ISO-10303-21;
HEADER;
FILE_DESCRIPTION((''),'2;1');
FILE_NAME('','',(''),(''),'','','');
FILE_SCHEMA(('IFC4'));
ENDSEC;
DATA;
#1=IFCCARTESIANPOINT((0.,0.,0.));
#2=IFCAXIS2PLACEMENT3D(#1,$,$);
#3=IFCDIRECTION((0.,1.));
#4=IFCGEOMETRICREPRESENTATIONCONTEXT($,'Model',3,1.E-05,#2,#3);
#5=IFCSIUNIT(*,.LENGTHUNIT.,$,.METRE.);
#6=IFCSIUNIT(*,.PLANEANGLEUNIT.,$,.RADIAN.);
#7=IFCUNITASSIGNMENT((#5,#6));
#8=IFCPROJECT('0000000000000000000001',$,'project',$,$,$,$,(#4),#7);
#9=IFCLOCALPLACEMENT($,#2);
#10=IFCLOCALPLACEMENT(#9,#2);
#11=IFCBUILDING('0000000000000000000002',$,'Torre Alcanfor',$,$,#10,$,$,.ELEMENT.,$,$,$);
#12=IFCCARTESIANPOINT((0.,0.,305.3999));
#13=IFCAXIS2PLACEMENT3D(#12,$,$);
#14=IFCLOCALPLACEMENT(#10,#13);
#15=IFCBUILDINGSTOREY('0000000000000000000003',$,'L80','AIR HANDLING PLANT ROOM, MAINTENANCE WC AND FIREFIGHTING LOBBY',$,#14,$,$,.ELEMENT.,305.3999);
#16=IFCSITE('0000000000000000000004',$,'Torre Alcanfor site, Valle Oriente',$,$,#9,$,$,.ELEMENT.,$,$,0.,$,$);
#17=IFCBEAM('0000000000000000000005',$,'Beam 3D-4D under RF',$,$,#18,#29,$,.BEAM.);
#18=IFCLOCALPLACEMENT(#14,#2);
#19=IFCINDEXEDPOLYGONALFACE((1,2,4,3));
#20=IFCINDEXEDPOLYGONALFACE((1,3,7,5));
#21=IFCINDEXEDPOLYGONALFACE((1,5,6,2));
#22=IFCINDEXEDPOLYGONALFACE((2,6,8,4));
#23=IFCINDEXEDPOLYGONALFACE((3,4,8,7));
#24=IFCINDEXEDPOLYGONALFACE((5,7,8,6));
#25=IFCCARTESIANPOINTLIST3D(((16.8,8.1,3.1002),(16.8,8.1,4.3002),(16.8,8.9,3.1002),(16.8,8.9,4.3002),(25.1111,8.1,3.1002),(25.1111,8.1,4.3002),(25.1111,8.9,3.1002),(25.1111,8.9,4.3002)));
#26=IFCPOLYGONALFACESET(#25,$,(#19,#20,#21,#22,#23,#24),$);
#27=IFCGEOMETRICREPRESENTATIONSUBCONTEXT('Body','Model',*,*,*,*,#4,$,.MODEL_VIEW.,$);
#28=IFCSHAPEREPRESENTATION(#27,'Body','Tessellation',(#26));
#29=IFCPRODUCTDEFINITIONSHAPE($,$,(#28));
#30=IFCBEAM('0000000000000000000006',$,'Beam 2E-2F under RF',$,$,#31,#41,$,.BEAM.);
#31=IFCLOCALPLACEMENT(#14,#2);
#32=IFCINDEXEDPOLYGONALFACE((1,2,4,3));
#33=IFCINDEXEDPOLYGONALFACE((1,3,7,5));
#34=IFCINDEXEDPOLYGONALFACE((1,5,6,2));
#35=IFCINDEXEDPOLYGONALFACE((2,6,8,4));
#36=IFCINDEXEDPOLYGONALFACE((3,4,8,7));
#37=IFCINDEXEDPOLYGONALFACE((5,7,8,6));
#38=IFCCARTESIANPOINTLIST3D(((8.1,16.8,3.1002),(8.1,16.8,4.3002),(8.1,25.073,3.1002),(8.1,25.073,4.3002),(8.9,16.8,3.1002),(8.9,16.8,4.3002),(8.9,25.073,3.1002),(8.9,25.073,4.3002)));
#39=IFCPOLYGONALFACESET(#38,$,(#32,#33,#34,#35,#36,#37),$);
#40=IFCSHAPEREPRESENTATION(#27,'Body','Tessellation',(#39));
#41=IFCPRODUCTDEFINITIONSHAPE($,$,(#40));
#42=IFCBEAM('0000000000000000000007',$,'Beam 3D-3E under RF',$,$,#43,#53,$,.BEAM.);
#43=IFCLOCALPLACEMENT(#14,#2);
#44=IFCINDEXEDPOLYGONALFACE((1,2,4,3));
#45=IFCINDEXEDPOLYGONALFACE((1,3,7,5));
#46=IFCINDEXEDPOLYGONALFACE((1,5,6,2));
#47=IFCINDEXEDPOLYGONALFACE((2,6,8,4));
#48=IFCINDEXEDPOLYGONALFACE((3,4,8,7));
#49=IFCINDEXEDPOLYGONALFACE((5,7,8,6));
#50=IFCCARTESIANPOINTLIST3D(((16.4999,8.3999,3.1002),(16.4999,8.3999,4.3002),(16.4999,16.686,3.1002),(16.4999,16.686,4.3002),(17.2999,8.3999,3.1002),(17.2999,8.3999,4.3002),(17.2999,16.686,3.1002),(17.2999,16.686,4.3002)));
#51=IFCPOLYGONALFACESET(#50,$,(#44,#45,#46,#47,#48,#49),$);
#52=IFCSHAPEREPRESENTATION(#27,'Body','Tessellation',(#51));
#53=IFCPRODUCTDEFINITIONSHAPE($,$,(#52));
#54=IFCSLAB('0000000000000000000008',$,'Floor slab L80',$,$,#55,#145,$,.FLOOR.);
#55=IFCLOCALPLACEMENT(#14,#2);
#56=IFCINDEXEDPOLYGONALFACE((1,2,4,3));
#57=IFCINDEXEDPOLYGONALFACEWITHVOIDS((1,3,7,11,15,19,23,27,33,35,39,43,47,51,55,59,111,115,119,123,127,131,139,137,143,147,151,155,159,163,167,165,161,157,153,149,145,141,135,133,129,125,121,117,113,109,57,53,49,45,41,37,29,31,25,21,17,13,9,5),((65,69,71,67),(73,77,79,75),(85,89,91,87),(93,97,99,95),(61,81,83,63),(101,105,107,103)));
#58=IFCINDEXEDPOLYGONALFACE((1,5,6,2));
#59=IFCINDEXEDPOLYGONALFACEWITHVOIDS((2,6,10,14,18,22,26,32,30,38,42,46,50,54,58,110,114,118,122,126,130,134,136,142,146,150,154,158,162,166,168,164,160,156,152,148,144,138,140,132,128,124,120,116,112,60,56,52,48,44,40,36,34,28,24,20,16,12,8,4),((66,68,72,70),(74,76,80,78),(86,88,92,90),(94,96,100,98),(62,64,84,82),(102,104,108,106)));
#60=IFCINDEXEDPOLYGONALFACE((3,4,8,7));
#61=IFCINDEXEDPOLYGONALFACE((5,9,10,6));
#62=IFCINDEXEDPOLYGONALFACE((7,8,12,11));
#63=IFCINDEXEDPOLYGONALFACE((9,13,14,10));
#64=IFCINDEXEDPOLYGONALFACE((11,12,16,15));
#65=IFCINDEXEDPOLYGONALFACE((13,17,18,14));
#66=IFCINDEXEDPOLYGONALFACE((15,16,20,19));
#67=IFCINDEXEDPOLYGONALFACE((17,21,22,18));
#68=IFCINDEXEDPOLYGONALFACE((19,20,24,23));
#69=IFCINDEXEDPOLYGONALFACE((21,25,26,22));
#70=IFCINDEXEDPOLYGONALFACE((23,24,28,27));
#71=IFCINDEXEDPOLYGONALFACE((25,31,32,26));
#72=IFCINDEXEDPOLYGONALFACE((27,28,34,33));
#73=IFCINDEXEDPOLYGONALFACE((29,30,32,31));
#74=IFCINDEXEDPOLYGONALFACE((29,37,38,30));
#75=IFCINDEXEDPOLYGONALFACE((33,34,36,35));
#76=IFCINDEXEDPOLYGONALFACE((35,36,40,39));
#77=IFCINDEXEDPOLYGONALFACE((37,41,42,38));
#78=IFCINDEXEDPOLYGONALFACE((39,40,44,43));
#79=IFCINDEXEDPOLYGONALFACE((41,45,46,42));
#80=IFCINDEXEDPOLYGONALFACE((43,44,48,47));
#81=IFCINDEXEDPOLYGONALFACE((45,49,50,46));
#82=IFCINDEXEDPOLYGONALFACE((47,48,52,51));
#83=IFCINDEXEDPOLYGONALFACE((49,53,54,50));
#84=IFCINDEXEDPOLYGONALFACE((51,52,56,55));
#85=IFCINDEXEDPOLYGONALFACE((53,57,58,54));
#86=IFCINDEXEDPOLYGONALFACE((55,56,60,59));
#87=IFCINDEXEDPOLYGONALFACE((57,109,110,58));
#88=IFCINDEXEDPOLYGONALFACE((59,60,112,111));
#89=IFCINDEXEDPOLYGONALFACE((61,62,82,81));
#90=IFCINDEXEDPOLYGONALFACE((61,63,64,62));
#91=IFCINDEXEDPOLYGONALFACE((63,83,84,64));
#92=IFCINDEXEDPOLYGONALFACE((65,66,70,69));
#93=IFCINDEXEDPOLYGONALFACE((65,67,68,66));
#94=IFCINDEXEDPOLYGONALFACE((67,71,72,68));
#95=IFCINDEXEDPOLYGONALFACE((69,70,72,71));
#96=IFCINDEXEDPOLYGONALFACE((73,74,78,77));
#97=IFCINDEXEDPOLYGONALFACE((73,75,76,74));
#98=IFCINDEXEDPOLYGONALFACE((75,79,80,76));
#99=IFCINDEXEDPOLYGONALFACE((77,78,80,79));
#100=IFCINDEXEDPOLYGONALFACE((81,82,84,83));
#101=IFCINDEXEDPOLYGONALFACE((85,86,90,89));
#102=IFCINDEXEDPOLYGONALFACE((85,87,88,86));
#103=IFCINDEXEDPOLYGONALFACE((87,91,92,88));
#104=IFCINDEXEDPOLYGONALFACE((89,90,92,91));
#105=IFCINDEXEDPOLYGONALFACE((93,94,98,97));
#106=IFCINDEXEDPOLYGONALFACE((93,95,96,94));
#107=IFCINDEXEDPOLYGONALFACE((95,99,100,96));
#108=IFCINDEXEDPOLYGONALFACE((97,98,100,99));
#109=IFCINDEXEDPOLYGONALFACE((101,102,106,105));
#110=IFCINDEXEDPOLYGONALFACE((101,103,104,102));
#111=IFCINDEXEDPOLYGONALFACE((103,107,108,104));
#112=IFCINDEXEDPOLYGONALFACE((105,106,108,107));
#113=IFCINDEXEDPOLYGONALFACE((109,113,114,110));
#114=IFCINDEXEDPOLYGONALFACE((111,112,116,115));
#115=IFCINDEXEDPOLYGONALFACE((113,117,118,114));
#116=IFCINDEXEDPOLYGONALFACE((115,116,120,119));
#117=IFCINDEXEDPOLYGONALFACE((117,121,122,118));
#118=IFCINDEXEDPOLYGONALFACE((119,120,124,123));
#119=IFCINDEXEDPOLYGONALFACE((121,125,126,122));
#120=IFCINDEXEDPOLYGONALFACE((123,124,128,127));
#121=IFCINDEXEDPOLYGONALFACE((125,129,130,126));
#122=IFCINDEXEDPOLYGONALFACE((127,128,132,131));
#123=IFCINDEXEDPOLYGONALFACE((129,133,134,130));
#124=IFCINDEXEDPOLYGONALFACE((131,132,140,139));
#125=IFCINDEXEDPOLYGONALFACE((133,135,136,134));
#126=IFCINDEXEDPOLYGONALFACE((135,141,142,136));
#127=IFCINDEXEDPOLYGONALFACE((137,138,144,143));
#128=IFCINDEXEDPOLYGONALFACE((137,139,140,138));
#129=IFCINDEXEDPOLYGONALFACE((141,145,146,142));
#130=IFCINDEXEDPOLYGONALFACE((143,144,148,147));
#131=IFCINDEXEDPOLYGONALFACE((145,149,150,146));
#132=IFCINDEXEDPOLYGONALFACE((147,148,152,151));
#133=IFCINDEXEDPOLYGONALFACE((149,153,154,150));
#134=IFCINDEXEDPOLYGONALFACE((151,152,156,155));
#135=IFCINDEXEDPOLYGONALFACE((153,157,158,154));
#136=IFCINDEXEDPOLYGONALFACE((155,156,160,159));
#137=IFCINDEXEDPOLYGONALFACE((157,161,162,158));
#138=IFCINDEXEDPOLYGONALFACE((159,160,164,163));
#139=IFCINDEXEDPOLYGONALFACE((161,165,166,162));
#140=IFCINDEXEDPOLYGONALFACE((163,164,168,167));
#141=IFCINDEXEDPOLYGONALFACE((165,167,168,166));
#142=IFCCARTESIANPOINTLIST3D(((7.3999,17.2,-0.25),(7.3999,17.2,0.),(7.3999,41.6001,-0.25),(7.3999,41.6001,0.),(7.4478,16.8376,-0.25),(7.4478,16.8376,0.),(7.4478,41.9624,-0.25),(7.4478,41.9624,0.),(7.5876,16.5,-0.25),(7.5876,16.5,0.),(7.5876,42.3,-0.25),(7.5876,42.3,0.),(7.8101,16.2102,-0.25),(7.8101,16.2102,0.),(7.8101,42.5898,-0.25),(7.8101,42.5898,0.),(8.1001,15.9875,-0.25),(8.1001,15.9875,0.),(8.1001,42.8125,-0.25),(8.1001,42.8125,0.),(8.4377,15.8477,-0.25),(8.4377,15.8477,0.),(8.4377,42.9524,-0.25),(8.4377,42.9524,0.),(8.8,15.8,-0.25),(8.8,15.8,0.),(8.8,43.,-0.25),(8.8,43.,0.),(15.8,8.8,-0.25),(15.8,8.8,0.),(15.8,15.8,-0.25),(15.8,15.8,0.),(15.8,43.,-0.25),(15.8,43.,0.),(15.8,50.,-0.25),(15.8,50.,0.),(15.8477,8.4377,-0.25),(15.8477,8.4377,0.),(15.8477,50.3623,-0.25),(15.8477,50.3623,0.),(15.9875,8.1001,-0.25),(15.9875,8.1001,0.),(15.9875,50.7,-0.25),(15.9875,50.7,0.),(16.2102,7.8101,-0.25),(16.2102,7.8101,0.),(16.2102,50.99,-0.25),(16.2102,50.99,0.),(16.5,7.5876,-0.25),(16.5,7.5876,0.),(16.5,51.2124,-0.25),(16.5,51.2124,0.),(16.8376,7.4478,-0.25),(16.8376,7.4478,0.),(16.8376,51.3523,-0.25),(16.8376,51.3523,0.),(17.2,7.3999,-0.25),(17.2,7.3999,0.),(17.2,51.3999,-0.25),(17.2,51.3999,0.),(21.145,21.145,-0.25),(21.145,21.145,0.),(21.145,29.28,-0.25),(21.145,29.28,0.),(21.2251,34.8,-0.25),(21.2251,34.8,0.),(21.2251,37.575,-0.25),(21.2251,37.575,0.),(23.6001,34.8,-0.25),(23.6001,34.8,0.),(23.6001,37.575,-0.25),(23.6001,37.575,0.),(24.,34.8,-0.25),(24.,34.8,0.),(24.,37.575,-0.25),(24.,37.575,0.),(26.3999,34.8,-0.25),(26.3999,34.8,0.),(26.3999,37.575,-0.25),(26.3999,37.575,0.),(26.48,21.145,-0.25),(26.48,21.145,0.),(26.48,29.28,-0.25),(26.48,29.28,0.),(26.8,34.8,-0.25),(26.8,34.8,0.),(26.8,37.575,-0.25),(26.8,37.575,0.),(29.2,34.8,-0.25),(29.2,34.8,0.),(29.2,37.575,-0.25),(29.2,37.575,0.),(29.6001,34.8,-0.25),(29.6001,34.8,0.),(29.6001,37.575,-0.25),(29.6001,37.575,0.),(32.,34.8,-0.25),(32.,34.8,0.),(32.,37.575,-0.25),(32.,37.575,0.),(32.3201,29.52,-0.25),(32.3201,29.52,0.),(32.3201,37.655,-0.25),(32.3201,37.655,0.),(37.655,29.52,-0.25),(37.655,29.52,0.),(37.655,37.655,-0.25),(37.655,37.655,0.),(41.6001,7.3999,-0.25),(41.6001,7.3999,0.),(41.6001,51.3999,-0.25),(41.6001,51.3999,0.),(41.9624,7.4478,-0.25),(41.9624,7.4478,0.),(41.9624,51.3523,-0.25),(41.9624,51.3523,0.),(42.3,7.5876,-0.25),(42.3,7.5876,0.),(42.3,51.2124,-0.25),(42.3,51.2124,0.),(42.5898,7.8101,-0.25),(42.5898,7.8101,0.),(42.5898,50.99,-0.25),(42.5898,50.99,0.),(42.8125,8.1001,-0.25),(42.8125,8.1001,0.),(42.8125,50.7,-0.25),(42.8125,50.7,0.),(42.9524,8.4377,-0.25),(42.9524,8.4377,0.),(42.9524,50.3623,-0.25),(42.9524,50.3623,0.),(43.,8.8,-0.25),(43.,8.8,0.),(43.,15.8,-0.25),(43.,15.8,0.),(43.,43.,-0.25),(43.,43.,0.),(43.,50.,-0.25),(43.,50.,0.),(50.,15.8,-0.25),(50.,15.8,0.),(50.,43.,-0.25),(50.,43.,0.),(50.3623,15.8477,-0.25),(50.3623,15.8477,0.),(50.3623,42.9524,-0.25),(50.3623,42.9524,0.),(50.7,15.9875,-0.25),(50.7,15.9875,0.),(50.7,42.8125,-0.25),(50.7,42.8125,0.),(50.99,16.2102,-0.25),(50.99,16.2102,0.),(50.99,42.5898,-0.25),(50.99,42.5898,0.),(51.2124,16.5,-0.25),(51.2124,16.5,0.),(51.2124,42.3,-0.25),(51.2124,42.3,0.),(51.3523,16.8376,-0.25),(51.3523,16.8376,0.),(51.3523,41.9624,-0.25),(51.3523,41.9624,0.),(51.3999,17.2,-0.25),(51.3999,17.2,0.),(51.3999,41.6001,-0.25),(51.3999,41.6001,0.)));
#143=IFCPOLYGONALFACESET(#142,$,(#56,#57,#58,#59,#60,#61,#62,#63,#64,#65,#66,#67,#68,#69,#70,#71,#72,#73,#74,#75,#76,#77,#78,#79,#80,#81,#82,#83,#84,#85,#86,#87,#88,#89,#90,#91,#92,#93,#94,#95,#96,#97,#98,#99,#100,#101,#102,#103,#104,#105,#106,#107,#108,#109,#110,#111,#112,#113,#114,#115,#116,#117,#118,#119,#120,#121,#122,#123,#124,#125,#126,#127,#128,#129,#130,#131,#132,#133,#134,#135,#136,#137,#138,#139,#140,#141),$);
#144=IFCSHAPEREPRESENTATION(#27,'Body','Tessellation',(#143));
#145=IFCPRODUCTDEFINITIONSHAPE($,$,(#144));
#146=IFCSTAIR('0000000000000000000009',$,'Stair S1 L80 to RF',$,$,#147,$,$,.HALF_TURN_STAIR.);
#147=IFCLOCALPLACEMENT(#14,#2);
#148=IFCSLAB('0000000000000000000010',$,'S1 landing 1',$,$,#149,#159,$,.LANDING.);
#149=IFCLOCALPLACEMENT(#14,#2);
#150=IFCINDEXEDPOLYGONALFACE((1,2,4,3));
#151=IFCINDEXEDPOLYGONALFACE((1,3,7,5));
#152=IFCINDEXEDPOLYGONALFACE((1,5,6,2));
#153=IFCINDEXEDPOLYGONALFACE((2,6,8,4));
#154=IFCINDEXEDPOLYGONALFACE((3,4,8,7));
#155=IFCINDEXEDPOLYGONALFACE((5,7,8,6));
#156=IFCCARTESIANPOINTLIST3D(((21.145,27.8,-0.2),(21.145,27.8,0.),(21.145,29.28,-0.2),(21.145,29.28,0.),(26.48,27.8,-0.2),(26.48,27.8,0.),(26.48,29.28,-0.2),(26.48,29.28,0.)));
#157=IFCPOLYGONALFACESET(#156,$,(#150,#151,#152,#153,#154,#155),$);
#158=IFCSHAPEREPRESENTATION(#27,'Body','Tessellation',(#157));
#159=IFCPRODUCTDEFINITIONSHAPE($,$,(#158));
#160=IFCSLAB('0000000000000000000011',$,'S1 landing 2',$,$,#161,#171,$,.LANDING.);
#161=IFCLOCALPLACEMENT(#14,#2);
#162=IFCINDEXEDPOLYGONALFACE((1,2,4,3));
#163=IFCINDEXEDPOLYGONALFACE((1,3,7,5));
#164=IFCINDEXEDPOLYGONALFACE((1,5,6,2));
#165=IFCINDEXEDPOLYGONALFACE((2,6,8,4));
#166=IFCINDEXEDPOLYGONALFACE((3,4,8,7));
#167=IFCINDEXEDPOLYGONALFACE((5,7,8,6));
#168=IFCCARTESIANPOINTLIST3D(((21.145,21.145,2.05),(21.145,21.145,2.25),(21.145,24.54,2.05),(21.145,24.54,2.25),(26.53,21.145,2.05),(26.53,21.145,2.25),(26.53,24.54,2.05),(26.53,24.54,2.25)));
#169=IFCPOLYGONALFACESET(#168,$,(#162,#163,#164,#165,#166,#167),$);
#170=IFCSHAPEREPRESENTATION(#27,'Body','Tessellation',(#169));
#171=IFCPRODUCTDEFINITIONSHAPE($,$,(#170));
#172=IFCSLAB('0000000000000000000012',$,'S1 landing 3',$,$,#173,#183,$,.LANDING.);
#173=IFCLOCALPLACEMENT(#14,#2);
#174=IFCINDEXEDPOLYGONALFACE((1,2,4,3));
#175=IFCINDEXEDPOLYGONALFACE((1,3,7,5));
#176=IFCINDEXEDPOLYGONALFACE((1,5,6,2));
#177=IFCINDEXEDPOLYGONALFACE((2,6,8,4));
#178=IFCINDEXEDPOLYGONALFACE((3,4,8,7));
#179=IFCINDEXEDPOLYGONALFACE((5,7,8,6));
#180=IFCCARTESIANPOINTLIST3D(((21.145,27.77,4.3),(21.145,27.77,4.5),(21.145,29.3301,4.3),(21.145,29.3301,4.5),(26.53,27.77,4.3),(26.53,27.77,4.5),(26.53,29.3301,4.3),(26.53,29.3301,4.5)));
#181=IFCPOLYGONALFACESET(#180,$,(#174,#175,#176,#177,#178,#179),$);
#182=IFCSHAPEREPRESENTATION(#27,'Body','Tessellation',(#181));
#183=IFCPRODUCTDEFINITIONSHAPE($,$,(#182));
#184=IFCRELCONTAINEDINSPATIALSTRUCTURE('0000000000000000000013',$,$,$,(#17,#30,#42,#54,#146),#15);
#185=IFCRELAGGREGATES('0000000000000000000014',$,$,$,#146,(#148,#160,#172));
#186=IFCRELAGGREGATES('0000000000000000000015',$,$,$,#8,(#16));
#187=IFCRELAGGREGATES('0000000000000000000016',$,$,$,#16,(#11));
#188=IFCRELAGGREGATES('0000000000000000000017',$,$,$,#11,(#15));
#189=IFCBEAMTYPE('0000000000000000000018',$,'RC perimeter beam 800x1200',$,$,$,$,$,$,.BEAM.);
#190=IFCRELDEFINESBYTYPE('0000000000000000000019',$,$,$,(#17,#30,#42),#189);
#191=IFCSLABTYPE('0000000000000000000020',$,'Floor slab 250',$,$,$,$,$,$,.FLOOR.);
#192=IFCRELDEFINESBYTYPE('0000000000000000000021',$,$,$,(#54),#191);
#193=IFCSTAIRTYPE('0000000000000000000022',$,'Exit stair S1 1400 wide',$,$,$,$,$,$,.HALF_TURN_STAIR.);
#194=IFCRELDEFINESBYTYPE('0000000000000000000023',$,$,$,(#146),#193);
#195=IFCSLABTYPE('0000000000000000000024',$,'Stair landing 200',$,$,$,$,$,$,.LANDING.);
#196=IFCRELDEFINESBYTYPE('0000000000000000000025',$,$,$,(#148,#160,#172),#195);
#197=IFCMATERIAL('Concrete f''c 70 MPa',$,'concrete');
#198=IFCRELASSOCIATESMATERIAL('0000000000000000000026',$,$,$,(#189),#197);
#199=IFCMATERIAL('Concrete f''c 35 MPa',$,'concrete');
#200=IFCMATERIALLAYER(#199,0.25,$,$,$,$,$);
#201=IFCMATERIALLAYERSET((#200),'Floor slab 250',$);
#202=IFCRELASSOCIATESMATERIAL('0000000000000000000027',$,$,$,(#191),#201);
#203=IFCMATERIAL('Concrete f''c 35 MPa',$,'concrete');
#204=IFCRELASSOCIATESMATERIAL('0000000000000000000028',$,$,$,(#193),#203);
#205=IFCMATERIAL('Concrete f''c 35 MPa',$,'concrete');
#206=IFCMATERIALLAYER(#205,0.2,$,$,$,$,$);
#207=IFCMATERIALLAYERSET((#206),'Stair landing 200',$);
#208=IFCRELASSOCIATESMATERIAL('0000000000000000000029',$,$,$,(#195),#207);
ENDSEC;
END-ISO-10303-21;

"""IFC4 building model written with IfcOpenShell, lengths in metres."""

from ifc_helpers import new_model, si_unit, direction, frame, origin, origin_2d, place, context, subcontext, project, spatial, polyline, rectangle, outline, extrude, material, layer, layer_set, material_profile, profile_set, type_object, element, aggregate, save


model = new_model("IFC4")

# Units and contexts
model_context = context("Model", 3, precision=1e-05, world=origin(), true_north=direction((0.0, 1.0)))
body_context = subcontext(model_context, "Body", "Model", "MODEL_VIEW")
ifc_project = project(units=[si_unit("LENGTHUNIT", "METRE"), si_unit("PLANEANGLEUNIT", "RADIAN")], contexts=[model_context])

# Site, building, storey
site_placement = place(None, origin())
site = spatial("IfcSite", under=ifc_project, at=site_placement, Name="Torre Alcanfor site, Valle Oriente", CompositionType="ELEMENT", RefElevation=0.0)
building_placement = place(site_placement, origin())
building = spatial("IfcBuilding", under=site, at=building_placement, Name="Torre Alcanfor", CompositionType="ELEMENT")
storey_placement = place(building_placement, frame((0.0, 0.0, 305.3999)))
storey = spatial("IfcBuildingStorey", under=building, at=storey_placement, Name="L80", Description="AIR HANDLING PLANT ROOM, MAINTENANCE WC AND FIREFIGHTING LOBBY", CompositionType="ELEMENT", Elevation=305.3999)

# Beams
ifc_material_1 = material(Name="Concrete f'c 70 MPa", Category="concrete")
ifc_material_profile_1 = material_profile(ifc_material_1, rectangle(XDim=0.8, YDim=1.2, at=origin_2d()), Name="800x1200")
ifc_profile_set_1 = profile_set([ifc_material_profile_1], Name="Concrete f'c 70 MPa")
beam_type_1 = type_object("IfcBeamType", Name="RC perimeter beam 800x1200", PredefinedType="BEAM", material=ifc_profile_set_1)
beam_1_placement = place(storey_placement, frame((16.8, 8.5, 3.7002), z_axis=(1.0, 0.0, 0.0), x_axis=(0.0, 1.0, 0.0)))
element("IfcBeam", 1, at=beam_1_placement, inside=storey, type_object=beam_type_1, Name="Beam 3D-4D under RF", PredefinedType="BEAM", context=body_context, shape_type="SweptSolid", body=[
    extrude(rectangle(XDim=0.8, YDim=1.2, at=origin_2d()), origin(), (0.0, 0.0, 1.0), 8.311),
])
beam_2_placement = place(storey_placement, frame((8.5, 16.8, 3.7002), z_axis=(0.0, 1.0, 0.0), x_axis=(-1.0, 0.0, 0.0)))
element("IfcBeam", 2, at=beam_2_placement, inside=storey, type_object=beam_type_1, Name="Beam 2E-2F under RF", PredefinedType="BEAM", context=body_context, shape_type="SweptSolid", body=[
    extrude(rectangle(XDim=0.8, YDim=1.2, at=origin_2d()), origin(), (0.0, 0.0, 1.0), 8.2729),
])
beam_3_placement = place(storey_placement, frame((16.8999, 8.3999, 3.7002), z_axis=(0.0, 1.0, 0.0), x_axis=(-1.0, 0.0, 0.0)))
element("IfcBeam", 3, at=beam_3_placement, inside=storey, type_object=beam_type_1, Name="Beam 3D-3E under RF", PredefinedType="BEAM", context=body_context, shape_type="SweptSolid", body=[
    extrude(rectangle(XDim=0.8, YDim=1.2, at=origin_2d()), origin(), (0.0, 0.0, 1.0), 8.2861),
])

# Slab
ifc_material_2 = material(Name="Concrete f'c 35 MPa", Category="concrete")
ifc_layer_1 = layer(ifc_material_2, 0.25)
ifc_layer_set_1 = layer_set([ifc_layer_1], Name="Floor slab 250")
slab_type_1 = type_object("IfcSlabType", Name="Floor slab 250", PredefinedType="FLOOR", material=ifc_layer_set_1)
slab_1_placement = place(storey_placement, frame((0.0, 0.0, -0.25)))
element("IfcSlab", 4, at=slab_1_placement, inside=storey, type_object=slab_type_1, Name="Floor slab L80", PredefinedType="FLOOR", context=body_context, shape_type="SweptSolid", body=[
    extrude(outline(polyline([(15.8, 43.0), (8.8, 43.0), (8.4377, 42.9524), (8.1001, 42.8125), (7.8101, 42.5898), (7.5876, 42.3), (7.4478, 41.9624), (7.3999, 41.6001), (7.3999, 17.2), (7.4478, 16.8376), (7.5876, 16.5), (7.8101, 16.2102), (8.1001, 15.9875), (8.4377, 15.8477), (8.8, 15.8), (15.8, 15.8), (15.8, 8.8), (15.8477, 8.4377), (15.9875, 8.1001), (16.2102, 7.8101), (16.5, 7.5876), (16.8376, 7.4478), (17.2, 7.3999), (41.6001, 7.3999), (41.9624, 7.4478), (42.3, 7.5876), (42.5898, 7.8101), (42.8125, 8.1001), (42.9524, 8.4377), (43.0, 8.8), (43.0, 15.8), (50.0, 15.8), (50.3623, 15.8477), (50.7, 15.9875), (50.99, 16.2102), (51.2124, 16.5), (51.3523, 16.8376), (51.3999, 17.2), (51.3999, 41.6001), (51.3523, 41.9624), (51.2124, 42.3), (50.99, 42.5898), (50.7, 42.8125), (50.3623, 42.9524), (50.0, 43.0), (43.0, 43.0), (43.0, 50.0), (42.9524, 50.3623), (42.8125, 50.7), (42.5898, 50.99), (42.3, 51.2124), (41.9624, 51.3523), (41.6001, 51.3999), (17.2, 51.3999), (16.8376, 51.3523), (16.5, 51.2124), (16.2102, 50.99), (15.9875, 50.7), (15.8477, 50.3623), (15.8, 50.0), (15.8, 43.0)]), holes=[polyline([(21.145, 21.145), (26.48, 21.145), (26.48, 29.28), (21.145, 29.28), (21.145, 21.145)]), polyline([(32.3201, 29.52), (37.655, 29.52), (37.655, 37.655), (32.3201, 37.655), (32.3201, 29.52)]), polyline([(21.2251, 34.8), (23.6001, 34.8), (23.6001, 37.575), (21.2251, 37.575), (21.2251, 34.8)]), polyline([(24.0, 34.8), (26.3999, 34.8), (26.3999, 37.575), (24.0, 37.575), (24.0, 34.8)]), polyline([(26.8, 34.8), (29.2, 34.8), (29.2, 37.575), (26.8, 37.575), (26.8, 34.8)]), polyline([(29.6001, 34.8), (32.0, 34.8), (32.0, 37.575), (29.6001, 37.575), (29.6001, 34.8)])]), origin(), (0.0, 0.0, 1.0), 0.25),
])

# Stair, slabs
ifc_material_3 = material(Name="Concrete f'c 35 MPa", Category="concrete")
stair_type_1 = type_object("IfcStairType", Name="Exit stair S1 1400 wide", PredefinedType="HALF_TURN_STAIR", material=ifc_material_3)
stair_1_placement = place(storey_placement, origin())
stair_1 = element("IfcStair", 5, at=stair_1_placement, inside=storey, type_object=stair_type_1, Name="Stair S1 L80 to RF", PredefinedType="HALF_TURN_STAIR")
ifc_material_4 = material(Name="Concrete f'c 35 MPa", Category="concrete")
ifc_layer_2 = layer(ifc_material_4, 0.2)
ifc_layer_set_2 = layer_set([ifc_layer_2], Name="Stair landing 200")
slab_type_2 = type_object("IfcSlabType", Name="Stair landing 200", PredefinedType="LANDING", material=ifc_layer_set_2)
slab_2_placement = place(storey_placement, frame((0.0, 0.0, -0.2)))
slab_2 = element("IfcSlab", 6, at=slab_2_placement, type_object=slab_type_2, Name="S1 landing 1", PredefinedType="LANDING", context=body_context, shape_type="SweptSolid", body=[
    extrude(outline(polyline([(21.145, 27.8), (26.48, 27.8), (26.48, 29.28), (21.145, 29.28), (21.145, 27.8)])), origin(), (0.0, 0.0, 1.0), 0.2),
])
slab_3_placement = place(storey_placement, frame((0.0, 0.0, 2.05)))
slab_3 = element("IfcSlab", 7, at=slab_3_placement, type_object=slab_type_2, Name="S1 landing 2", PredefinedType="LANDING", context=body_context, shape_type="SweptSolid", body=[
    extrude(outline(polyline([(21.145, 21.145), (26.53, 21.145), (26.53, 24.54), (21.145, 24.54), (21.145, 21.145)])), origin(), (0.0, 0.0, 1.0), 0.2),
])
slab_4_placement = place(storey_placement, frame((0.0, 0.0, 4.3)))
slab_4 = element("IfcSlab", 8, at=slab_4_placement, type_object=slab_type_2, Name="S1 landing 3", PredefinedType="LANDING", context=body_context, shape_type="SweptSolid", body=[
    extrude(outline(polyline([(21.145, 27.77), (26.53, 27.77), (26.53, 29.3301), (21.145, 29.3301), (21.145, 27.77)])), origin(), (0.0, 0.0, 1.0), 0.2),
])
aggregate(stair_1, [slab_2, slab_3, slab_4])

save(model, "model.ifc")
